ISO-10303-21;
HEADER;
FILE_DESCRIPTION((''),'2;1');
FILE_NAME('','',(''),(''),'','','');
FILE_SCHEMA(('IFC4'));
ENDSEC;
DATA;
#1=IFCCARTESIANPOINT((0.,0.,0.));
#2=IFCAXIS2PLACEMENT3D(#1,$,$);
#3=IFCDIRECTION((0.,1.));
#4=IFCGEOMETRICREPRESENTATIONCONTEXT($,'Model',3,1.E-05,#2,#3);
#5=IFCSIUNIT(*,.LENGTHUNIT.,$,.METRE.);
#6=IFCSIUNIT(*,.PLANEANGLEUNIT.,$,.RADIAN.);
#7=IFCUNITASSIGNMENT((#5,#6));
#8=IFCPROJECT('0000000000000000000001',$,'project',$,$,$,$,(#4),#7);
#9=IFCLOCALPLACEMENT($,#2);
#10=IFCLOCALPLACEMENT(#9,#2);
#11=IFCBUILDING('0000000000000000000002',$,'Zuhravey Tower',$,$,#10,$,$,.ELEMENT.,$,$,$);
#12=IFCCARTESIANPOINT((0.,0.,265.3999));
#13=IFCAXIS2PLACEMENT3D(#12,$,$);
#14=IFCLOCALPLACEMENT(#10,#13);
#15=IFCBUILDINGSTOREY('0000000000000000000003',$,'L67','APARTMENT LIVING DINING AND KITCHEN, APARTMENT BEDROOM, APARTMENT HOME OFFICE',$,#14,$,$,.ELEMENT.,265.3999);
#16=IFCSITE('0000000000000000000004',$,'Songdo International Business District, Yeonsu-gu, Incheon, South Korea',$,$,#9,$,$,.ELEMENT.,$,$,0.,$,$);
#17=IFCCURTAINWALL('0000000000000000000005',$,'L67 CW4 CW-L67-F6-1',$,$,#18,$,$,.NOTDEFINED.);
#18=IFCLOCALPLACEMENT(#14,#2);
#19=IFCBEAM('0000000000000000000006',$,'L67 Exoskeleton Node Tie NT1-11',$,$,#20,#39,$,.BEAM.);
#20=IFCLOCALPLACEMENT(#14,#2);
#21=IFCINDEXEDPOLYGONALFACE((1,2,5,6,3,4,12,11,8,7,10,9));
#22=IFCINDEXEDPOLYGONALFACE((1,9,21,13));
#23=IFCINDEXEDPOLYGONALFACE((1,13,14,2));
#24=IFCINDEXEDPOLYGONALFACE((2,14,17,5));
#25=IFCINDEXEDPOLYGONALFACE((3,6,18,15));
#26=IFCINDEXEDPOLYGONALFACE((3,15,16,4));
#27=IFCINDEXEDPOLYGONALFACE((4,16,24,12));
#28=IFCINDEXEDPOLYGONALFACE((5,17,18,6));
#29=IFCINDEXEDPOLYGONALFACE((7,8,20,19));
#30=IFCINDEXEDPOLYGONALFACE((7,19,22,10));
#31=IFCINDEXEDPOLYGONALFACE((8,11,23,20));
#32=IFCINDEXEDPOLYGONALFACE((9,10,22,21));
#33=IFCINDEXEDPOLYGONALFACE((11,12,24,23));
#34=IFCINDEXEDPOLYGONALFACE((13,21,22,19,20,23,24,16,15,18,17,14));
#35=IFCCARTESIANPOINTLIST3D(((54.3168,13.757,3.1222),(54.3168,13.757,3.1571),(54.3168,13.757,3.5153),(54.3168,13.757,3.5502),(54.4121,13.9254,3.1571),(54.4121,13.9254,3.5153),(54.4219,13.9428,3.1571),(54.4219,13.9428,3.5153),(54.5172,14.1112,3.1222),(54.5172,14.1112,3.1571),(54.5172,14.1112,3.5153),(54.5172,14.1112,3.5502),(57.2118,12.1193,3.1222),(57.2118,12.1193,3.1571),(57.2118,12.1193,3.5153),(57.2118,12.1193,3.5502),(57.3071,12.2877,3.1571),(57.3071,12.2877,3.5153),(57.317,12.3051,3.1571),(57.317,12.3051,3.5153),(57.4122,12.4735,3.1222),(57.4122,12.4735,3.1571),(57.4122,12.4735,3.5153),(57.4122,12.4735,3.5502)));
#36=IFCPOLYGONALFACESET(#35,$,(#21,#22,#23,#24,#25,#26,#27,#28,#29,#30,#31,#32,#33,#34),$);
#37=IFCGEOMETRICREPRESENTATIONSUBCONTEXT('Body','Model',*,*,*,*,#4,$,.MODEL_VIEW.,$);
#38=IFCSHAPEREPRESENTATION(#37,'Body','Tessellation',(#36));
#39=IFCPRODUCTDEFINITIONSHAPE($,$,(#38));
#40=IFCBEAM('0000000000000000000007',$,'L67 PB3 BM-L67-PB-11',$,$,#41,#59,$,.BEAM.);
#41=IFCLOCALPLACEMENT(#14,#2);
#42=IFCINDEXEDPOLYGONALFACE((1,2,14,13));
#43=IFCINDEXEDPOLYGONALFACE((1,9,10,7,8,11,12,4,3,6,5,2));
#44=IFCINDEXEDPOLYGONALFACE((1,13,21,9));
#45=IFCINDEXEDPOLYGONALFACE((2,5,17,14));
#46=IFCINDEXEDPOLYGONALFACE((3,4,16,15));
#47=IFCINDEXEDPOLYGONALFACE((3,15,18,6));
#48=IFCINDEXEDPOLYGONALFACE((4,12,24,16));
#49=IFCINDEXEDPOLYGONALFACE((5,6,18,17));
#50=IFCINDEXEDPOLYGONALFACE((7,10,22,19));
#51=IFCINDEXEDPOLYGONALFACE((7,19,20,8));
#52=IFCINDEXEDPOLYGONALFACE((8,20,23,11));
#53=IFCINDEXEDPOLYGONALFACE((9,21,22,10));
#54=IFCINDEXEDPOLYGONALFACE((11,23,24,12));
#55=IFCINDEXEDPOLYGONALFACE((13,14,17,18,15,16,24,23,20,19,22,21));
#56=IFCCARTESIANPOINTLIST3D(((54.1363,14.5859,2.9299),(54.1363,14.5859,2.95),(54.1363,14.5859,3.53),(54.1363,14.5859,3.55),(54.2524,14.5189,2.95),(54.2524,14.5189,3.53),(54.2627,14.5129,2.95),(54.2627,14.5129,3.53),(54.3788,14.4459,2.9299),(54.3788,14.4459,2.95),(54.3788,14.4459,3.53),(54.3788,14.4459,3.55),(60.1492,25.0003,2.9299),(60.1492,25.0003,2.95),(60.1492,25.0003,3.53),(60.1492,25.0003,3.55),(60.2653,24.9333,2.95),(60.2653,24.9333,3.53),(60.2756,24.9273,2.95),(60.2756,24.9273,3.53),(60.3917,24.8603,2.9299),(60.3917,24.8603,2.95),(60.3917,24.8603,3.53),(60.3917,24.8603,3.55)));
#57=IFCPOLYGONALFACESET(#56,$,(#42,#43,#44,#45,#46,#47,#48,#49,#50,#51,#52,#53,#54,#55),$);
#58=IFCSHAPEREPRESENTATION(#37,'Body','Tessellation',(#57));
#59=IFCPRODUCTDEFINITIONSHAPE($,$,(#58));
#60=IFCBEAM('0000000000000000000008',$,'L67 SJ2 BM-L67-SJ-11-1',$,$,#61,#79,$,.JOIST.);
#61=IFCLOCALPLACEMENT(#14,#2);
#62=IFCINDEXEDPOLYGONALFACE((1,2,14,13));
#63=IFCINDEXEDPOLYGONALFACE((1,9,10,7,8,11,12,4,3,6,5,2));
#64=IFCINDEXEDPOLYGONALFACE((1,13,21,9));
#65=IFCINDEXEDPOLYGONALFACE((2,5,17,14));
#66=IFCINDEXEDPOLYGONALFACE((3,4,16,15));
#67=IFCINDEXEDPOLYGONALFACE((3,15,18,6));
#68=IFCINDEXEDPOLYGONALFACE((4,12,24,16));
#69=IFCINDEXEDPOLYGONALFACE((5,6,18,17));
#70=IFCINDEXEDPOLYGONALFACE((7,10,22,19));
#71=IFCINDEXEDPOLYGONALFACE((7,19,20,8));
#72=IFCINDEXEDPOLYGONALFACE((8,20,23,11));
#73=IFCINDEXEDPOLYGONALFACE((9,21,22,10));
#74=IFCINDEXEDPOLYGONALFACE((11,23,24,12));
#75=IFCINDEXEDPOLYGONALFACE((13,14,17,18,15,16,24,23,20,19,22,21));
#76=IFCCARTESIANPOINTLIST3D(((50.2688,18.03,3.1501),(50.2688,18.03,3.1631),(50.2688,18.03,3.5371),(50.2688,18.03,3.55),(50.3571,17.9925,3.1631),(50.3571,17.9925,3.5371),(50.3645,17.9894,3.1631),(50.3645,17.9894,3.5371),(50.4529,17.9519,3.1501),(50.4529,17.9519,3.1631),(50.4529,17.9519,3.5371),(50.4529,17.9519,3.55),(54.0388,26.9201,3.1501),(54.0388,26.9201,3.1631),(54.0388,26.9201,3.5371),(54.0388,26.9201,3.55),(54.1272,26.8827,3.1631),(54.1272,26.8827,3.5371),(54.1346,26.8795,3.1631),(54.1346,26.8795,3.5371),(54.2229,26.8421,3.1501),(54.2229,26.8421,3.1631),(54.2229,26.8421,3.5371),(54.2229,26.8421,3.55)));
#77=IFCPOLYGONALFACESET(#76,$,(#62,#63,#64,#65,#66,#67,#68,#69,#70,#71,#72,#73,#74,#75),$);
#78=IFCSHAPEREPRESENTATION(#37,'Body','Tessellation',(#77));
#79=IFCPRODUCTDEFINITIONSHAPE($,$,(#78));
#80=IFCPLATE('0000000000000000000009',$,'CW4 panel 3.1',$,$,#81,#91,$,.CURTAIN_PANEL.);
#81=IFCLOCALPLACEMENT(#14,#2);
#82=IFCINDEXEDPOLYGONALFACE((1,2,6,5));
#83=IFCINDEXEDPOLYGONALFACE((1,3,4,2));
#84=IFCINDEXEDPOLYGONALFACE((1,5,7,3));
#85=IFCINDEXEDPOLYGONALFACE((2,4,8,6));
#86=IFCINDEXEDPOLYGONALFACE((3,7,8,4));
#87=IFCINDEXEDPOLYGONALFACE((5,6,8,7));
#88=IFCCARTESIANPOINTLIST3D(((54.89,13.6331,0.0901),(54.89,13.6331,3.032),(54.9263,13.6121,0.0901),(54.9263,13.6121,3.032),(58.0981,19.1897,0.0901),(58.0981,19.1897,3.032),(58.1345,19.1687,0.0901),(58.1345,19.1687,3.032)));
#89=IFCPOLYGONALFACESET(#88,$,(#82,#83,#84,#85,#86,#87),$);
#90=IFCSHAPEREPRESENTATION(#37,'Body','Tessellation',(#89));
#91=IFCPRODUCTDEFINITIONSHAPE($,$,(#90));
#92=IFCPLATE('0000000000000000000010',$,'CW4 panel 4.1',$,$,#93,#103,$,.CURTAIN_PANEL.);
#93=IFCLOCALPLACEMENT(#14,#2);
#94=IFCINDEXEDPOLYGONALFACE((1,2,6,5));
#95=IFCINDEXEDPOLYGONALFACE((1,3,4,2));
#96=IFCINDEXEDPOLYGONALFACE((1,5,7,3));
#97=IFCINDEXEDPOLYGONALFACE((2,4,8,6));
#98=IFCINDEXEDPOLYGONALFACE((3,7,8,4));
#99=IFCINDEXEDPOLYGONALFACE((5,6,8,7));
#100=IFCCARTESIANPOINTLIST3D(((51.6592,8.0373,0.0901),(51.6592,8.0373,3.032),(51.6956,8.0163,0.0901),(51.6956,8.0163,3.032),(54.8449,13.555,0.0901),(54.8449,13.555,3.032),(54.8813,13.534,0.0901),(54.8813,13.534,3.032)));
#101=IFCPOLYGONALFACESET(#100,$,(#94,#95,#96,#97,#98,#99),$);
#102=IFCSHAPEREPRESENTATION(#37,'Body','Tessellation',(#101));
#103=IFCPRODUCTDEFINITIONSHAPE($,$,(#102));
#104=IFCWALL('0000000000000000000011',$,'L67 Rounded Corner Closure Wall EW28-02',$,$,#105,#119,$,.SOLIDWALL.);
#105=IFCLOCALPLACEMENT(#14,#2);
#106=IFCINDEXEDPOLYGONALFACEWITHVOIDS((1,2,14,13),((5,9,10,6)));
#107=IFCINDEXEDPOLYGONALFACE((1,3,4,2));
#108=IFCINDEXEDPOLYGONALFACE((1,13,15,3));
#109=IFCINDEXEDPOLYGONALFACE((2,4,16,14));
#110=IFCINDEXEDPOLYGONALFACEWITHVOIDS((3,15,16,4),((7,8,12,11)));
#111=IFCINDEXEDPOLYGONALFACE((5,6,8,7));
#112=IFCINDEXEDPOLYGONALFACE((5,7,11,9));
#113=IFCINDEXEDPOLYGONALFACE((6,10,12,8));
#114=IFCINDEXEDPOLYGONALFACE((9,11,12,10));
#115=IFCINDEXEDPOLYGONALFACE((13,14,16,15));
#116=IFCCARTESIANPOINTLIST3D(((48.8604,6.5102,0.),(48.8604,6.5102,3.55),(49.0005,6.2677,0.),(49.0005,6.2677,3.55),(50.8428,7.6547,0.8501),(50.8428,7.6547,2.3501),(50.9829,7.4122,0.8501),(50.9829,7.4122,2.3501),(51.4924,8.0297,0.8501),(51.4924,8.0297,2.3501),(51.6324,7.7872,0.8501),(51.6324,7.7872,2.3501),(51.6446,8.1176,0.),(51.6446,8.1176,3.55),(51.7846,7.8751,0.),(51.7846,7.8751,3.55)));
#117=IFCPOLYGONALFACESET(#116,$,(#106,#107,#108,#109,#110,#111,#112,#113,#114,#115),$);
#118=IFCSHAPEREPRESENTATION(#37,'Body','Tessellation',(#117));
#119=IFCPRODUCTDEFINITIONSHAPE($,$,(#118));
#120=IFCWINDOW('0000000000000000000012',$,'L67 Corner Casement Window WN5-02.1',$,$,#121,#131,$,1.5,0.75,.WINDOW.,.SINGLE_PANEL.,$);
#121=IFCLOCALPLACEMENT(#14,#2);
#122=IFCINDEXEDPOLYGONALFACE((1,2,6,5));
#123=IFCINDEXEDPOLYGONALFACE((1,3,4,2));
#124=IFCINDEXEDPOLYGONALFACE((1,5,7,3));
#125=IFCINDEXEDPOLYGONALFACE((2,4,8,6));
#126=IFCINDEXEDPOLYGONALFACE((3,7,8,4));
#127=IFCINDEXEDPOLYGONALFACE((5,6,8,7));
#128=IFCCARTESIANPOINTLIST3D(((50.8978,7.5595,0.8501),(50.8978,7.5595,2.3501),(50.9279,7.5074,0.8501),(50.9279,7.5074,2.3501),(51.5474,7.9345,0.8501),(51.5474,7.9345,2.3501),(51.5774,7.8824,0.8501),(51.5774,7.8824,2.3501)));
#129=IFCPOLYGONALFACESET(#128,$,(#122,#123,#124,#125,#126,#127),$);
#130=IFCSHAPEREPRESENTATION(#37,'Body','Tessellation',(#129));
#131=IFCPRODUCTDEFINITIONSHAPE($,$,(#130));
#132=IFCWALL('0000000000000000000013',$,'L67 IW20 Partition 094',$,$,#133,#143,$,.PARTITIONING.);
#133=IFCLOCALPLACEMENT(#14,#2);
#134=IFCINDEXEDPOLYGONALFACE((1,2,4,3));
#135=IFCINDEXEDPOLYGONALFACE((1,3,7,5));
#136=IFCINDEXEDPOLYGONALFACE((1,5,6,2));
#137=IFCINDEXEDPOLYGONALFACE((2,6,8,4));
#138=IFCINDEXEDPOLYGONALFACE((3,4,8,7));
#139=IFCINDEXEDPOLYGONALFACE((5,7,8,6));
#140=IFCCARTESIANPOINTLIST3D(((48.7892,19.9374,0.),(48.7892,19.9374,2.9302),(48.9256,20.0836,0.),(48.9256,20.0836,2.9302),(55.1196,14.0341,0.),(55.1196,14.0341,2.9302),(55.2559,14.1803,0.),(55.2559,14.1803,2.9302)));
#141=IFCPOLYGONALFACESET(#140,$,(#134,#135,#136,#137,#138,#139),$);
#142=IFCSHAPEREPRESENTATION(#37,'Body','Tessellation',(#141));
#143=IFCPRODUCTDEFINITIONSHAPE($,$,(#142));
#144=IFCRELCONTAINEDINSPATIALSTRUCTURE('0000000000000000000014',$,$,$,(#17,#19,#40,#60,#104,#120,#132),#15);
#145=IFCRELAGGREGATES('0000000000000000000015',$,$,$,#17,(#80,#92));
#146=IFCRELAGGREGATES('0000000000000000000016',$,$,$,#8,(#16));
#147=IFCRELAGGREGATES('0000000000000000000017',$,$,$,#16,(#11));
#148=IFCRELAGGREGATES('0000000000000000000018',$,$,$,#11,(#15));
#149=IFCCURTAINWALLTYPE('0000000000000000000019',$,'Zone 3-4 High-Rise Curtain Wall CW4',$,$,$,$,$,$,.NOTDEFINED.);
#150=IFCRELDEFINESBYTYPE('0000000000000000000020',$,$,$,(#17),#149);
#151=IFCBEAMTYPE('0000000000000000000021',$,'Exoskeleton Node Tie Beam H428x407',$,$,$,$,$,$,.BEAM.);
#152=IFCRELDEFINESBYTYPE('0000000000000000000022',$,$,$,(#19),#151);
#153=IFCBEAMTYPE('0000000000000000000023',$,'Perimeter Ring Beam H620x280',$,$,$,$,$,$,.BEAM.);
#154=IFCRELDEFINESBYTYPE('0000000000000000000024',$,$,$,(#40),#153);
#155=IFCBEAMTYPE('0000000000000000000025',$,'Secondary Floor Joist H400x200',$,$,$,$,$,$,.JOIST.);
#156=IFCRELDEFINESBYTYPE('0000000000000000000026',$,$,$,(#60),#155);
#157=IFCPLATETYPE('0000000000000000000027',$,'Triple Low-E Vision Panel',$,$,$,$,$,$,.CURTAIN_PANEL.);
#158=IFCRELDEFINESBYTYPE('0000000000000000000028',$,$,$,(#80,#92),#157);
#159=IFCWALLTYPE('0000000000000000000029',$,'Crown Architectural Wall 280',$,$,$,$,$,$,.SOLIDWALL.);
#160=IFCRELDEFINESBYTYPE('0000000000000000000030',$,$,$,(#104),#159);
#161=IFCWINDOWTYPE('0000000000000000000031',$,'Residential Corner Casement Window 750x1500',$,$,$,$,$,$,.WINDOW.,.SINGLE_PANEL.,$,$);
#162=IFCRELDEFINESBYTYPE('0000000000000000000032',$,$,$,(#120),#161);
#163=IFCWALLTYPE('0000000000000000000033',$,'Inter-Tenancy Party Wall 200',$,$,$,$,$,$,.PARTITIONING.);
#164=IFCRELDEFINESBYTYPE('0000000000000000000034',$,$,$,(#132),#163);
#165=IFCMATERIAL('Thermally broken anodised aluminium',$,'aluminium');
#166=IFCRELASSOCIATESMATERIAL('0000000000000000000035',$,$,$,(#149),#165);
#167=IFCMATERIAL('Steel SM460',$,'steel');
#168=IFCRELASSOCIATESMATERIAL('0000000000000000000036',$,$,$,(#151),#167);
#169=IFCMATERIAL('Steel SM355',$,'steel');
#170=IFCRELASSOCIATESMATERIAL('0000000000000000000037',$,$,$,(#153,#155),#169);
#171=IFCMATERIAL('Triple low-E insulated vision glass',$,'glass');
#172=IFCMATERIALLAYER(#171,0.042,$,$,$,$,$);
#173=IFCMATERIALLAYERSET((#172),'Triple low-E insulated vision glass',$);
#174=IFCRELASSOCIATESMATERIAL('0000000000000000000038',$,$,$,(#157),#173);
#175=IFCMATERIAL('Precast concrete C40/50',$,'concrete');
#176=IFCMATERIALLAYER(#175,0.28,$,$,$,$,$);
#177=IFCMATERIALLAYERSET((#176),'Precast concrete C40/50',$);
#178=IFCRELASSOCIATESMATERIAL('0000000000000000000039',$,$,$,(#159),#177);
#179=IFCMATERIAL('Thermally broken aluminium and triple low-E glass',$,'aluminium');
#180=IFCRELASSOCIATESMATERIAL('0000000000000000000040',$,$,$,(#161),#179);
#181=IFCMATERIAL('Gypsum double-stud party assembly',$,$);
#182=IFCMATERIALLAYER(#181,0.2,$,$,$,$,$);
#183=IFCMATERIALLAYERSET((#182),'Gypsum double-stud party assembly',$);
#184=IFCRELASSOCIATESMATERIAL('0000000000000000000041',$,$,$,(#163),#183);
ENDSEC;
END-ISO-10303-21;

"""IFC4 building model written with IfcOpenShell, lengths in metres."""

from ifc_helpers import new_model, si_unit, direction, frame, frame_2d, origin, origin_2d, place, context, subcontext, project, spatial, rectangle, i_section, extrude, material, layer, layer_set, material_profile, profile_set, type_object, element, fill, aggregate, save


model = new_model("IFC4")

# Units and contexts
model_context = context("Model", 3, precision=1e-05, world=origin(), true_north=direction((0.0, 1.0)))
body_context = subcontext(model_context, "Body", "Model", "MODEL_VIEW")
ifc_project = project(units=[si_unit("LENGTHUNIT", "METRE"), si_unit("PLANEANGLEUNIT", "RADIAN")], contexts=[model_context])

# Site, building, storey
site_placement = place(None, origin())
site = spatial("IfcSite", under=ifc_project, at=site_placement, Name="Songdo International Business District, Yeonsu-gu, Incheon, South Korea", CompositionType="ELEMENT", RefElevation=0.0)
building_placement = place(site_placement, origin())
building = spatial("IfcBuilding", under=site, at=building_placement, Name="Zuhravey Tower", CompositionType="ELEMENT")
storey_placement = place(building_placement, frame((0.0, 0.0, 265.3999)))
storey = spatial("IfcBuildingStorey", under=building, at=storey_placement, Name="L67", Description="APARTMENT LIVING DINING AND KITCHEN, APARTMENT BEDROOM, APARTMENT HOME OFFICE", CompositionType="ELEMENT", Elevation=265.3999)

# Curtain wall
ifc_material_1 = material(Name="Thermally broken anodised aluminium", Category="aluminium")
curtain_wall_type = type_object("IfcCurtainWallType", Name="Zone 3-4 High-Rise Curtain Wall CW4", PredefinedType="NOTDEFINED", material=ifc_material_1)
curtain_wall_1_placement = place(storey_placement, origin())
curtain_wall_1 = element("IfcCurtainWall", 1, at=curtain_wall_1_placement, inside=storey, type_object=curtain_wall_type, Name="L67 CW4 CW-L67-F6-1", PredefinedType="NOTDEFINED")

# Beams
ifc_material_2 = material(Name="Steel SM460", Category="steel")
ifc_material_profile_1 = material_profile(ifc_material_2, i_section(OverallWidth=0.407, OverallDepth=0.428, WebThickness=0.02, FlangeThickness=0.0349, at=origin_2d()), Name="H-428x407x20x35")
ifc_profile_set_1 = profile_set([ifc_material_profile_1], Name="Steel SM460")
beam_type_1 = type_object("IfcBeamType", Name="Exoskeleton Node Tie Beam H428x407", PredefinedType="BEAM", material=ifc_profile_set_1)
beam_1_placement = place(storey_placement, frame((54.417, 13.9341, 3.3362), z_axis=(0.870385, -0.492372, 0.0), x_axis=(0.492372, 0.870385, 0.0)))
element("IfcBeam", 2, at=beam_1_placement, inside=storey, type_object=beam_type_1, Name="L67 Exoskeleton Node Tie NT1-11", PredefinedType="BEAM", context=body_context, shape_type="SweptSolid", body=[
    extrude(i_section(OverallWidth=0.407, OverallDepth=0.428, WebThickness=0.02, FlangeThickness=0.0349, at=origin_2d()), origin(), (0.0, 0.0, 1.0), 3.3262),
])
ifc_material_3 = material(Name="Steel SM355", Category="steel")
ifc_material_profile_2 = material_profile(ifc_material_3, i_section(OverallWidth=0.28, OverallDepth=0.6201, WebThickness=0.012, FlangeThickness=0.02, at=origin_2d()), Name="H-620x280x12x20")
ifc_profile_set_2 = profile_set([ifc_material_profile_2], Name="Steel SM355")
beam_type_2 = type_object("IfcBeamType", Name="Perimeter Ring Beam H620x280", PredefinedType="BEAM", material=ifc_profile_set_2)
beam_2_placement = place(storey_placement, frame((54.2576, 14.5159, 3.24), z_axis=(0.500006, 0.866022, 0.0), x_axis=(-0.866022, 0.500006, 0.0)))
element("IfcBeam", 3, at=beam_2_placement, inside=storey, type_object=beam_type_2, Name="L67 PB3 BM-L67-PB-11", PredefinedType="BEAM", context=body_context, shape_type="SweptSolid", body=[
    extrude(i_section(OverallWidth=0.28, OverallDepth=0.6201, WebThickness=0.012, FlangeThickness=0.02, at=origin_2d()), origin(), (0.0, 0.0, 1.0), 12.0256),
])
ifc_material_profile_3 = material_profile(ifc_material_3, i_section(OverallWidth=0.2, OverallDepth=0.3999, WebThickness=0.0081, FlangeThickness=0.0129, at=origin_2d()), Name="H-400x200x8x13")
ifc_profile_set_3 = profile_set([ifc_material_profile_3], Name="Steel SM355")
beam_type_3 = type_object("IfcBeamType", Name="Secondary Floor Joist H400x200", PredefinedType="JOIST", material=ifc_profile_set_3)
beam_3_placement = place(storey_placement, frame((50.3608, 17.991, 3.3501), z_axis=(0.390413, 0.92064, 0.0), x_axis=(-0.92064, 0.390413, 0.0)))
element("IfcBeam", 4, at=beam_3_placement, inside=storey, type_object=beam_type_3, Name="L67 SJ2 BM-L67-SJ-11-1", PredefinedType="JOIST", context=body_context, shape_type="SweptSolid", body=[
    extrude(i_section(OverallWidth=0.2, OverallDepth=0.3999, WebThickness=0.0081, FlangeThickness=0.0129, at=origin_2d()), origin(), (0.0, 0.0, 1.0), 9.6565),
])

# Plates
ifc_material_4 = material(Name="Triple low-E insulated vision glass", Category="glass")
ifc_layer_1 = layer(ifc_material_4, 0.042)
ifc_layer_set_1 = layer_set([ifc_layer_1], Name="Triple low-E insulated vision glass")
plate_type = type_object("IfcPlateType", Name="Triple Low-E Vision Panel", PredefinedType="CURTAIN_PANEL", material=ifc_layer_set_1)
plate_1_placement = place(storey_placement, frame((56.5122, 16.4009, 0.0901), z_axis=(0.0, 0.0, 1.0), x_axis=(-0.500001, -0.866025, 0.0)))
plate_1 = element("IfcPlate", 5, at=plate_1_placement, type_object=plate_type, Name="CW4 panel 3.1", PredefinedType="CURTAIN_PANEL", context=body_context, shape_type="SweptSolid", body=[
    extrude(rectangle(XDim=6.4163, YDim=0.042, at=origin_2d()), origin(), (0.0, 0.0, 1.0), 2.9419),
])
plate_2_placement = place(storey_placement, frame((53.2703, 10.7856, 0.0901), z_axis=(0.0, 0.0, 1.0), x_axis=(-0.500001, -0.866025, 0.0)))
plate_2 = element("IfcPlate", 6, at=plate_2_placement, type_object=plate_type, Name="CW4 panel 4.1", PredefinedType="CURTAIN_PANEL", context=body_context, shape_type="SweptSolid", body=[
    extrude(rectangle(XDim=6.3713, YDim=0.042, at=origin_2d()), origin(), (0.0, 0.0, 1.0), 2.9419),
])
aggregate(curtain_wall_1, [plate_1, plate_2])

# Wall, opening, window
ifc_material_5 = material(Name="Precast concrete C40/50", Category="concrete")
ifc_layer_2 = layer(ifc_material_5, 0.28)
ifc_layer_set_2 = layer_set([ifc_layer_2], Name="Precast concrete C40/50")
wall_type_1 = type_object("IfcWallType", Name="Crown Architectural Wall 280", PredefinedType="SOLIDWALL", material=ifc_layer_set_2)
wall_1_placement = place(storey_placement, frame((51.7146, 7.9963, 0.0), z_axis=(0.0, 0.0, 1.0), x_axis=(-0.866029, -0.499994, 0.0)))
wall_1 = element("IfcWall", 7, at=wall_1_placement, inside=storey, type_object=wall_type_1, Name="L67 Rounded Corner Closure Wall EW28-02", PredefinedType="SOLIDWALL", context=body_context, shape_type="SweptSolid", body=[
    extrude(rectangle(XDim=3.2148, YDim=0.28, at=frame_2d((1.6074, 0.0))), origin(), (0.0, 0.0, 1.0), 3.55),
])
opening_1_placement = place(wall_1_placement, frame((0.1758, 0.0, 0.8501)))
opening_1 = element("IfcOpeningElement", 8, at=opening_1_placement, cuts=wall_1, PredefinedType="OPENING", context=body_context, shape_type="SweptSolid", body=[
    extrude(rectangle(XDim=0.75, YDim=1.5, at=frame_2d((0.375, 0.75))), frame((0.0, 0.1521, 0.0), z_axis=(0.0, -1.0, 0.0), x_axis=(1.0, 0.0, 0.0)), (0.0, 0.0, 1.0), 0.304),
])
ifc_material_6 = material(Name="Thermally broken aluminium and triple low-E glass", Category="aluminium")
window_type = type_object("IfcWindowType", Name="Residential Corner Casement Window 750x1500", PartitioningType="SINGLE_PANEL", PredefinedType="WINDOW", material=ifc_material_6)
window_placement = place(opening_1_placement, origin())
window = element("IfcWindow", 9, at=window_placement, inside=storey, type_object=window_type, Name="L67 Corner Casement Window WN5-02.1", OverallHeight=1.5, OverallWidth=0.75, PartitioningType="SINGLE_PANEL", PredefinedType="WINDOW", context=body_context, shape_type="SweptSolid", body=[
    extrude(rectangle(XDim=0.75, YDim=1.5, at=frame_2d((0.375, 0.75))), frame((0.0, 0.03, 0.0), z_axis=(0.0, -1.0, 0.0), x_axis=(1.0, 0.0, 0.0)), (0.0, 0.0, 1.0), 0.0601),
])
fill(opening_1, window)

# Wall
ifc_material_7 = material(Name="Gypsum double-stud party assembly")
ifc_layer_3 = layer(ifc_material_7, 0.2)
ifc_layer_set_3 = layer_set([ifc_layer_3], Name="Gypsum double-stud party assembly")
wall_type_2 = type_object("IfcWallType", Name="Inter-Tenancy Party Wall 200", PredefinedType="PARTITIONING", material=ifc_layer_set_3)
wall_2_placement = place(storey_placement, frame((48.8574, 20.0105, 0.0), z_axis=(0.0, 0.0, 1.0), x_axis=(0.731342, -0.682011, 0.0)))
element("IfcWall", 10, at=wall_2_placement, inside=storey, type_object=wall_type_2, Name="L67 IW20 Partition 094", PredefinedType="PARTITIONING", context=body_context, shape_type="SweptSolid", body=[
    extrude(rectangle(XDim=8.6558, YDim=0.2, at=frame_2d((4.3279, 0.0))), origin(), (0.0, 0.0, 1.0), 2.9302),
])

save(model, "model.ifc")
